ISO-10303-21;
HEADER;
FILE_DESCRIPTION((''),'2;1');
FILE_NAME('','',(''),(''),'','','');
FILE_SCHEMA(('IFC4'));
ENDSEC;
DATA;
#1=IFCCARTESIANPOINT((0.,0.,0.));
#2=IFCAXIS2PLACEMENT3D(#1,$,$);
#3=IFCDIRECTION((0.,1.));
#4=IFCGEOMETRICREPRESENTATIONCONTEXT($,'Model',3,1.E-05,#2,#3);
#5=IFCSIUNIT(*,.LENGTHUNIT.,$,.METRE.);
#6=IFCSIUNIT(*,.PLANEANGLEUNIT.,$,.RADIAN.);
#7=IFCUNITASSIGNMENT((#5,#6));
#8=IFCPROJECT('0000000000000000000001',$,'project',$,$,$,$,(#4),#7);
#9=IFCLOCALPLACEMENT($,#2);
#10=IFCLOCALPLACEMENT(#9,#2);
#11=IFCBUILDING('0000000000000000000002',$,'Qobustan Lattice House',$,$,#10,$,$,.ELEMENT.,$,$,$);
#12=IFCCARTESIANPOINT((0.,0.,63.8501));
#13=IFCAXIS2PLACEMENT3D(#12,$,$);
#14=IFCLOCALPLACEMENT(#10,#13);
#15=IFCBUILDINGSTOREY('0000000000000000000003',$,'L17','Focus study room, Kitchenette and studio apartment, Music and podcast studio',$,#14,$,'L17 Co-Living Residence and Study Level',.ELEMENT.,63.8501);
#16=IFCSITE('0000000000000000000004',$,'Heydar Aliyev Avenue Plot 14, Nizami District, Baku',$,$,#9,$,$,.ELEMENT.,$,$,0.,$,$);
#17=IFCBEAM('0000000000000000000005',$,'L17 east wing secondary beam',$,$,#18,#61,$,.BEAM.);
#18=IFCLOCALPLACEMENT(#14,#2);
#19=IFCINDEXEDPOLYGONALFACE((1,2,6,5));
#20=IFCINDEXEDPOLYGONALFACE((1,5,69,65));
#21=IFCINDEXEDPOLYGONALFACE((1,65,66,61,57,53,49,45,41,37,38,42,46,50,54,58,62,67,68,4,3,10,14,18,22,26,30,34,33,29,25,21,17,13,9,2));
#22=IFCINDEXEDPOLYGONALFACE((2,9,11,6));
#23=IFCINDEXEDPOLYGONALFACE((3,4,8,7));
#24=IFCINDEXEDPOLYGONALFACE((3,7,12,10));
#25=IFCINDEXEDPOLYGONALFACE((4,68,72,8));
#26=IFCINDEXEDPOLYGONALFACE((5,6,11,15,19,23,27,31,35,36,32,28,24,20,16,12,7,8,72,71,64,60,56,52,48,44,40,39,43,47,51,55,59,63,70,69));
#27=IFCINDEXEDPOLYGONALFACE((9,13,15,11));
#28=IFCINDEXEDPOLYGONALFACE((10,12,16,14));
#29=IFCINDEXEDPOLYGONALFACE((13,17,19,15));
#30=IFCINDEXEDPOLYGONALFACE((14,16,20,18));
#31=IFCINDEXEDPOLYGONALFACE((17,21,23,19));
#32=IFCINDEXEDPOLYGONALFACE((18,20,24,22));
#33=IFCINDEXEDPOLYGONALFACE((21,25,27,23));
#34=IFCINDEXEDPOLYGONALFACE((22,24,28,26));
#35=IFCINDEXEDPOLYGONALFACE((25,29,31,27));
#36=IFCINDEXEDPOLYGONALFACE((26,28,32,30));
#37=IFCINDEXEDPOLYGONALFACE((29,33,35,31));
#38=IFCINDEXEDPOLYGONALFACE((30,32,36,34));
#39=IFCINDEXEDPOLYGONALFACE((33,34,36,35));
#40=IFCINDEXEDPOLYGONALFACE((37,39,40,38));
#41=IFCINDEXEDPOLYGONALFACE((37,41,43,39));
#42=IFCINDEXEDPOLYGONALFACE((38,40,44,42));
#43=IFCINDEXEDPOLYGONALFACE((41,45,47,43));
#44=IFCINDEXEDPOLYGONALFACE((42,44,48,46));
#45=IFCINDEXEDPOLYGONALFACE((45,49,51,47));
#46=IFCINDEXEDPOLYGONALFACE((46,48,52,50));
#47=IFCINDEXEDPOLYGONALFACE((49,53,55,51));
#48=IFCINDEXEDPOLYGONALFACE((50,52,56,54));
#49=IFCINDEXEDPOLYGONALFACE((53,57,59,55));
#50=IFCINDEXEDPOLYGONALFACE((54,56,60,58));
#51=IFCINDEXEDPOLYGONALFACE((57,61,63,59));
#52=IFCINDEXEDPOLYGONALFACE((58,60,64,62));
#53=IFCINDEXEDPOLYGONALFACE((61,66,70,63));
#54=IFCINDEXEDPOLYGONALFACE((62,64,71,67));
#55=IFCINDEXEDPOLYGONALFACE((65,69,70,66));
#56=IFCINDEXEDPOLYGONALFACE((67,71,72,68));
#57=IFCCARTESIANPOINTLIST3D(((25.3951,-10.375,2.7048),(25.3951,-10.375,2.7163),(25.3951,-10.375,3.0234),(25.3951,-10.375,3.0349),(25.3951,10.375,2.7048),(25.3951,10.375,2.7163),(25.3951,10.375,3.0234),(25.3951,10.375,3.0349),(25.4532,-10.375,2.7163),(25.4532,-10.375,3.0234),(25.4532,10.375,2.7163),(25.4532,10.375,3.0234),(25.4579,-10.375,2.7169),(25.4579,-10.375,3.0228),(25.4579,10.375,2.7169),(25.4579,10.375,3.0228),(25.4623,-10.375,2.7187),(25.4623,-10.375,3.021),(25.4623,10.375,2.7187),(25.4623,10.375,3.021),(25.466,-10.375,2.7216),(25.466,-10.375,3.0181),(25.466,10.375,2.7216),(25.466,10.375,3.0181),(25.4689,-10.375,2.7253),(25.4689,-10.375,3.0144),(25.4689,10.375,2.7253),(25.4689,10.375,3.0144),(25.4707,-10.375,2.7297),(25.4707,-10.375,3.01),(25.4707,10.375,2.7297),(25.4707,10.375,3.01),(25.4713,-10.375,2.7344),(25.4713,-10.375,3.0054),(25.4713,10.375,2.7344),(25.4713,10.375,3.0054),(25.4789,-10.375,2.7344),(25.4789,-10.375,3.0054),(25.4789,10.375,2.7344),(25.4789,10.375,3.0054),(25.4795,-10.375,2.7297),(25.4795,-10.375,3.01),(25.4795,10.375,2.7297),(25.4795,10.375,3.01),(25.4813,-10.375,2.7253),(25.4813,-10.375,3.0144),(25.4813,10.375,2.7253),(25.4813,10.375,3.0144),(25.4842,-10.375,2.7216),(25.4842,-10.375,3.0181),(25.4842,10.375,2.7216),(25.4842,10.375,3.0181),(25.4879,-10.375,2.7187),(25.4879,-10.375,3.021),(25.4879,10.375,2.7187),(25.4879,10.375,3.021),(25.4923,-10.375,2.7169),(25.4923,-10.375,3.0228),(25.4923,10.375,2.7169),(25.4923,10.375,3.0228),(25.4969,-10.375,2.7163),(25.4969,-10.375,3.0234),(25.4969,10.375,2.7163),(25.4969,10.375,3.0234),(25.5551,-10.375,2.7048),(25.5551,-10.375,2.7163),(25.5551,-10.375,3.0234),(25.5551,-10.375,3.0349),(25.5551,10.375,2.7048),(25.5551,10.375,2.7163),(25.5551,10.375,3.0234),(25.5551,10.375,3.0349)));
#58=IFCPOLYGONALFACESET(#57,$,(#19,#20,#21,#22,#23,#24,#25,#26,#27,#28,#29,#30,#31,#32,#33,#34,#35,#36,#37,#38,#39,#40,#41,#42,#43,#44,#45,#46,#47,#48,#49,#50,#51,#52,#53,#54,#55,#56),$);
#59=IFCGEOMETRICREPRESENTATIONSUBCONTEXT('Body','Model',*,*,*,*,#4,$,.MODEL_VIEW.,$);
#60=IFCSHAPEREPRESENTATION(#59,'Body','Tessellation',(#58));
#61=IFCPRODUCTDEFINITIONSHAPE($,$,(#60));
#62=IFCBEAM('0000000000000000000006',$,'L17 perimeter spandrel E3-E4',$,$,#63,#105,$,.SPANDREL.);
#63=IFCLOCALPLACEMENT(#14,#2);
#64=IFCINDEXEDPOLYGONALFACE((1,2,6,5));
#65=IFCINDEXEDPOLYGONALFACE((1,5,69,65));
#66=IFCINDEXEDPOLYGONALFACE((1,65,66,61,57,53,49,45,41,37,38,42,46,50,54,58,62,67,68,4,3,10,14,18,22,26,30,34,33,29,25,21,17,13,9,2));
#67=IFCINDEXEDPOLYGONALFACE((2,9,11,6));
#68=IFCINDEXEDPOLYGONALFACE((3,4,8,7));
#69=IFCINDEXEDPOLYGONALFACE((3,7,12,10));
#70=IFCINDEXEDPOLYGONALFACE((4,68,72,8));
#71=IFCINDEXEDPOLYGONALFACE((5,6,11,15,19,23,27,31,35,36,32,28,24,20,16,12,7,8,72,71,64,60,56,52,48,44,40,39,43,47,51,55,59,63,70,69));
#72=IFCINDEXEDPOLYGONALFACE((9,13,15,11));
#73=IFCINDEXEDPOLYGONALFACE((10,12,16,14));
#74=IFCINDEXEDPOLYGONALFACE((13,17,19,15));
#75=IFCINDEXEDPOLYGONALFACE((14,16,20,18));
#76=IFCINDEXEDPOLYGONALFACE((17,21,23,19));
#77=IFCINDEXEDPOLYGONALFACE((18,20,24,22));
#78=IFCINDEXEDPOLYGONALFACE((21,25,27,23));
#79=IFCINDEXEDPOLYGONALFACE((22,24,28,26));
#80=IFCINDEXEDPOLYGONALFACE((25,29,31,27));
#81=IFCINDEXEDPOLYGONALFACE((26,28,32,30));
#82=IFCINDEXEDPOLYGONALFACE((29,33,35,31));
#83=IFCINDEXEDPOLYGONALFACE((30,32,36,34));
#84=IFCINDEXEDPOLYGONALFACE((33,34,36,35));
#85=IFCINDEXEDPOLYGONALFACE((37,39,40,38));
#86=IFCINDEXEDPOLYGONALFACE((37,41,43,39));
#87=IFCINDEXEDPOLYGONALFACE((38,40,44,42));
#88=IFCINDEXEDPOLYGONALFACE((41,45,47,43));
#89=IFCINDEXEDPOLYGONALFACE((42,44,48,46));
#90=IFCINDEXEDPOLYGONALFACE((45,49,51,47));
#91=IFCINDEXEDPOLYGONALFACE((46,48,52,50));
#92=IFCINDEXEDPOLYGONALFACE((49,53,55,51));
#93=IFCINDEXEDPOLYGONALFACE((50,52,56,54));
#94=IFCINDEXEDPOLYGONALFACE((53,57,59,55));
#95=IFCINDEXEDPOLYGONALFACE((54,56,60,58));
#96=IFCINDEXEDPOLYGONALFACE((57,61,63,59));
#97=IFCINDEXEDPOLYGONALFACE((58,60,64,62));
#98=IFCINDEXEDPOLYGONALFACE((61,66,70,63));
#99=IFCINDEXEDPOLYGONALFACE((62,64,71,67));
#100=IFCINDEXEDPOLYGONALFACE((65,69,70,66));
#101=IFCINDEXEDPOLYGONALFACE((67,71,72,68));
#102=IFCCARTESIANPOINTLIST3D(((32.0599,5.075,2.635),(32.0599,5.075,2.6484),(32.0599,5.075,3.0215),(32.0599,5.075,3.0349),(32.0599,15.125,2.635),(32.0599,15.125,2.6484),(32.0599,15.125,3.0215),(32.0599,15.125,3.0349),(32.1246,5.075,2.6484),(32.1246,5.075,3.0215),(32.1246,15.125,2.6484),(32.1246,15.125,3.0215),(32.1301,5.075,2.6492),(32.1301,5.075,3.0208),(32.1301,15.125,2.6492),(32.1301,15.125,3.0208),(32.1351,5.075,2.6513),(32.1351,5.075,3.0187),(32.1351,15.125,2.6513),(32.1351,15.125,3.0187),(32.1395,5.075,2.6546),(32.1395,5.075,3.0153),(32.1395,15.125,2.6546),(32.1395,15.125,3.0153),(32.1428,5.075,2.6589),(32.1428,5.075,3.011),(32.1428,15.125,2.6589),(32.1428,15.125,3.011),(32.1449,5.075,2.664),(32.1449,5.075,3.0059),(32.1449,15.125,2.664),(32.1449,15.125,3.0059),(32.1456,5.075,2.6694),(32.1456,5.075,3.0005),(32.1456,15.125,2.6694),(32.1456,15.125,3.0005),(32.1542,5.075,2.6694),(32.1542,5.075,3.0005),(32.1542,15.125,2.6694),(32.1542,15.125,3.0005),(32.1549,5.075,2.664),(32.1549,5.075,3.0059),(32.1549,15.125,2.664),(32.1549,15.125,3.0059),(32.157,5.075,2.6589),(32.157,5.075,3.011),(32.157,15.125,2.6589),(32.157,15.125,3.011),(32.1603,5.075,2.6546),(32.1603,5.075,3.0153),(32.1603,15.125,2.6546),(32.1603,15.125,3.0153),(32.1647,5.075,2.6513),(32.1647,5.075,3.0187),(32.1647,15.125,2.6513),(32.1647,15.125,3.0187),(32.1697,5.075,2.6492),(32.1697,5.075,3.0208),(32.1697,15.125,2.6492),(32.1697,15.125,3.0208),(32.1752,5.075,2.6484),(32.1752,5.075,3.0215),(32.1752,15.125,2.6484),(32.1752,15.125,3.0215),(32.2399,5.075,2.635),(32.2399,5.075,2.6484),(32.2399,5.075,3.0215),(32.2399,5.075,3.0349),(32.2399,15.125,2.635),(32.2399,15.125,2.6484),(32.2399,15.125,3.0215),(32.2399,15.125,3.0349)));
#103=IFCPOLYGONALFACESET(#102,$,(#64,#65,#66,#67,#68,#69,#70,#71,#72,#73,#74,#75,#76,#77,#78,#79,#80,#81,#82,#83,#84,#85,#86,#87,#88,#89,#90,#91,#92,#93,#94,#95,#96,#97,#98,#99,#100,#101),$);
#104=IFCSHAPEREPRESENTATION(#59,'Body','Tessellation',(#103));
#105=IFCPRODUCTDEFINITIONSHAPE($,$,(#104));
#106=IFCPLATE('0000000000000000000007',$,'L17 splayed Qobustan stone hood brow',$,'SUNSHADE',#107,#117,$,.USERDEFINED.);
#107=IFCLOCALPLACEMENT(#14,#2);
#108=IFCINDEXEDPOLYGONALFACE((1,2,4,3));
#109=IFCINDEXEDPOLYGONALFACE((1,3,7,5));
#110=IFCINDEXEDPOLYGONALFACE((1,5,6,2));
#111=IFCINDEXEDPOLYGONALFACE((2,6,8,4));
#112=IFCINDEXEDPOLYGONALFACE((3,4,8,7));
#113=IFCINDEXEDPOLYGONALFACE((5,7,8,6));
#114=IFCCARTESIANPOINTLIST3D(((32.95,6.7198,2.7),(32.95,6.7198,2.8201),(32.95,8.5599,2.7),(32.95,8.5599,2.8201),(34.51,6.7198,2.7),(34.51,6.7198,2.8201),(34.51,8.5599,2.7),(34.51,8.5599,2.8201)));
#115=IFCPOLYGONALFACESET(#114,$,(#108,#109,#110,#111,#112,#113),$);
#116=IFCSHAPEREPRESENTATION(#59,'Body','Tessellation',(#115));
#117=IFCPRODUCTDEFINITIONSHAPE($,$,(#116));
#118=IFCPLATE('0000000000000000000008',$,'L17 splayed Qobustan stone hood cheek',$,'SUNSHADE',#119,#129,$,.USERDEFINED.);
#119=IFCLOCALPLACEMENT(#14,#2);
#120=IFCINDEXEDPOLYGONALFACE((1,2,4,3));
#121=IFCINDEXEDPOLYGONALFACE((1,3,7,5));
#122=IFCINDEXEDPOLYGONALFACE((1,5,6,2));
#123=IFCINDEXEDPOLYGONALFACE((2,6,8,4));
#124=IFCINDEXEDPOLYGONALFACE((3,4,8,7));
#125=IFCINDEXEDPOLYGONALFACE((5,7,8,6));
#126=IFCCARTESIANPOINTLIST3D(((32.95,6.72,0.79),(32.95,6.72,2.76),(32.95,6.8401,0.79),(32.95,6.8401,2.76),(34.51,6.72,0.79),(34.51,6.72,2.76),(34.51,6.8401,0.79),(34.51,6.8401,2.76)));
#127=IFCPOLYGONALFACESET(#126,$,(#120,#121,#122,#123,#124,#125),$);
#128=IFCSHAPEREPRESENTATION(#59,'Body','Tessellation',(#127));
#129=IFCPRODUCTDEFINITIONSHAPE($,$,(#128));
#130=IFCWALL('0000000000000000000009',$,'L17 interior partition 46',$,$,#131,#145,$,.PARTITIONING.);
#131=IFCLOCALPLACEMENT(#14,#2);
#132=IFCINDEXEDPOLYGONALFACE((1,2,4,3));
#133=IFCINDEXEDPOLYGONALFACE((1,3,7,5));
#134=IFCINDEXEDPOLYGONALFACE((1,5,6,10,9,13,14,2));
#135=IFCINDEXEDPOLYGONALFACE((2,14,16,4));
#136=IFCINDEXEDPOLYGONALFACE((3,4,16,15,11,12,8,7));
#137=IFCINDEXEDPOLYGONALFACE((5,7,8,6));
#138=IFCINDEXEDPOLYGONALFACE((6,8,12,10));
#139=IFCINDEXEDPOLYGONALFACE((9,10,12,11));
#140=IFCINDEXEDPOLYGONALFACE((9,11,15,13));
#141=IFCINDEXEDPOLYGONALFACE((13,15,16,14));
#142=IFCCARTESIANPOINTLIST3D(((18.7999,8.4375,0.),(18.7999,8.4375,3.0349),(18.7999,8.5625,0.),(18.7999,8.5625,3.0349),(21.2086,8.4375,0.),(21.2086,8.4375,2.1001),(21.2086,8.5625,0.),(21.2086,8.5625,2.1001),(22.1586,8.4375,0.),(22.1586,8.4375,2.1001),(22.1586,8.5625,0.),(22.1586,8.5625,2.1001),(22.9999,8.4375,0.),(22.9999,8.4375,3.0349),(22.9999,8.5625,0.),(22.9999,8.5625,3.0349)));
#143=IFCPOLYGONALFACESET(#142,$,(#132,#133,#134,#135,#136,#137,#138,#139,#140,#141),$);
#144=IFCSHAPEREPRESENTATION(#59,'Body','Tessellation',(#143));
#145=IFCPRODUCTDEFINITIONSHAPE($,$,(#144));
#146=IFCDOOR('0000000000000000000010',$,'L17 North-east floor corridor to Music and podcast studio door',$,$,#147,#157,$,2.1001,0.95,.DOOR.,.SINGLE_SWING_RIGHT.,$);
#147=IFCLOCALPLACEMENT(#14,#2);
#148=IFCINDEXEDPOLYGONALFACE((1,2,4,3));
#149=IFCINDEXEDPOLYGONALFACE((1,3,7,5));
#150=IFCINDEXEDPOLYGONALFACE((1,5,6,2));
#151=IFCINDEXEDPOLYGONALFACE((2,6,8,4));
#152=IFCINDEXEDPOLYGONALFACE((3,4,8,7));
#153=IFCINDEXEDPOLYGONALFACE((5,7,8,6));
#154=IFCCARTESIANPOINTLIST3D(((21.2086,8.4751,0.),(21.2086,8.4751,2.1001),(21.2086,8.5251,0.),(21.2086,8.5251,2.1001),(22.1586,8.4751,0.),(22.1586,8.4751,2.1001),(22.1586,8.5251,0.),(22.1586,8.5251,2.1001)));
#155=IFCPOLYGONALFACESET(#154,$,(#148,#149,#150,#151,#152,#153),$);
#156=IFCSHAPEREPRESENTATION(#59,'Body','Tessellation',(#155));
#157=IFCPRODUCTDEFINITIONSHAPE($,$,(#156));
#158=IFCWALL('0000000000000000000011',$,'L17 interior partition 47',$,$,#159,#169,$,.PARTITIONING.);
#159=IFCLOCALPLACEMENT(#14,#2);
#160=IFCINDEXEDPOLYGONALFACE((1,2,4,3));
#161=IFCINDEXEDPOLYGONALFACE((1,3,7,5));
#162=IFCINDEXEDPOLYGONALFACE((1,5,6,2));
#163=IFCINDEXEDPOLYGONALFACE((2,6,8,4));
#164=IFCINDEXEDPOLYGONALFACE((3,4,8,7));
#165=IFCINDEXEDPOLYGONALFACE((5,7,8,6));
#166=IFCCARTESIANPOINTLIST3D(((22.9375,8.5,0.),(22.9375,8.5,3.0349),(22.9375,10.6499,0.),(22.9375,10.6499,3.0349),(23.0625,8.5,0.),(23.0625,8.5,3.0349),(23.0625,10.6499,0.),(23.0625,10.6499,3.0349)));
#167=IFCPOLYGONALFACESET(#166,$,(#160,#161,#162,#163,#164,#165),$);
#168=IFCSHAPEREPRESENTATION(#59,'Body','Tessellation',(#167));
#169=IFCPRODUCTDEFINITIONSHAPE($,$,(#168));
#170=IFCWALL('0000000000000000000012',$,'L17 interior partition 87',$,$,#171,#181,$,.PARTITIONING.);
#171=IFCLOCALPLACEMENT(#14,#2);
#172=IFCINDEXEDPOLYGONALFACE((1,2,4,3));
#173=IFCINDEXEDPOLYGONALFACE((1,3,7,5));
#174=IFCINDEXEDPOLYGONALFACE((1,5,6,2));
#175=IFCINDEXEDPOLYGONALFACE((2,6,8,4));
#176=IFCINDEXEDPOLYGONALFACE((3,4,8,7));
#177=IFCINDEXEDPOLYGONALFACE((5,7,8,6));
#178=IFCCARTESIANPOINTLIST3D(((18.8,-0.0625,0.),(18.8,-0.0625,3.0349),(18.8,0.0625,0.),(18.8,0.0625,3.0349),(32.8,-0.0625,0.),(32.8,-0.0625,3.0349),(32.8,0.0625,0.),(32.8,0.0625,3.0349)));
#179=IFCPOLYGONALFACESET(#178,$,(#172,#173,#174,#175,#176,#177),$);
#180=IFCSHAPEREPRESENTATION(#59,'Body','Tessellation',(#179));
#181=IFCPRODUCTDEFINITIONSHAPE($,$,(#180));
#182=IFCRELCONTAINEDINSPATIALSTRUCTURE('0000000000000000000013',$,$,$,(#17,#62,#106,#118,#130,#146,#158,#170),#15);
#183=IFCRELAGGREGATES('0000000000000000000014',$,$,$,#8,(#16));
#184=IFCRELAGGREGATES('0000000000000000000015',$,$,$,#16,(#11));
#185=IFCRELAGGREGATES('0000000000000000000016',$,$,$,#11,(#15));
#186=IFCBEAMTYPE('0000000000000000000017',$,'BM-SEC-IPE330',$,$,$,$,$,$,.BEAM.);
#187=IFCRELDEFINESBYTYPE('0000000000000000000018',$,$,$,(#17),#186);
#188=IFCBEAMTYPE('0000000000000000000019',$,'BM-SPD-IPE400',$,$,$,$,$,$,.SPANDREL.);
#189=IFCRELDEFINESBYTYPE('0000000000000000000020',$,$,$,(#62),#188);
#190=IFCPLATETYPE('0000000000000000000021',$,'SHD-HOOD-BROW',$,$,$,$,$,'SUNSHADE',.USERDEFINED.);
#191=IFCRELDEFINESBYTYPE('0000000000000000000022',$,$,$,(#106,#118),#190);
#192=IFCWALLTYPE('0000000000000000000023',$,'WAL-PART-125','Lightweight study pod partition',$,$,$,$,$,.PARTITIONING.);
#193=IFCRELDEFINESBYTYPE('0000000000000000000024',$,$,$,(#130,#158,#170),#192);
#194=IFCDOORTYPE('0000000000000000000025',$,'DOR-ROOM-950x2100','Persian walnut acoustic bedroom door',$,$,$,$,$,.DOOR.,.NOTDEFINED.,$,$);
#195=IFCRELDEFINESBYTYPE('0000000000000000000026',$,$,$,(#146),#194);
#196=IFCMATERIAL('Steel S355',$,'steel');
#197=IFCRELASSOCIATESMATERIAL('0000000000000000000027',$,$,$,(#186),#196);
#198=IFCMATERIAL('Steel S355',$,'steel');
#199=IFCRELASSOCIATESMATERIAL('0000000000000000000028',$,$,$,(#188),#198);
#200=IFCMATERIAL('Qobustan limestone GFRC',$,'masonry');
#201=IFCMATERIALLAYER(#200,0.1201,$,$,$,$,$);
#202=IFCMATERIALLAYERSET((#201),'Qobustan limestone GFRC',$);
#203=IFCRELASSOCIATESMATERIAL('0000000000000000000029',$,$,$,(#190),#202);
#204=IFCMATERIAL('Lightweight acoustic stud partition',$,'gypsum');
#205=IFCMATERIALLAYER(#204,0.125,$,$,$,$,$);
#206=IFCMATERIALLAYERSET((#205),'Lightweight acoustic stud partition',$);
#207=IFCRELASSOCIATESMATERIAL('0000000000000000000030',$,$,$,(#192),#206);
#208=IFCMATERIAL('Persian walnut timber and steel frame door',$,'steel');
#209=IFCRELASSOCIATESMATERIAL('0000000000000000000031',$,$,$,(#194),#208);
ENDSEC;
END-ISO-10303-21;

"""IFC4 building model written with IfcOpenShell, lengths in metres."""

from ifc_helpers import new_model, si_unit, direction, frame, frame_2d, origin, origin_2d, place, context, subcontext, project, spatial, rectangle, i_section, extrude, material, layer, layer_set, material_profile, profile_set, type_object, element, fill, save


model = new_model("IFC4")

# Units and contexts
model_context = context("Model", 3, precision=1e-05, world=origin(), true_north=direction((0.0, 1.0)))
body_context = subcontext(model_context, "Body", "Model", "MODEL_VIEW")
ifc_project = project(units=[si_unit("LENGTHUNIT", "METRE"), si_unit("PLANEANGLEUNIT", "RADIAN")], contexts=[model_context])

# Site, building, storey
site_placement = place(None, origin())
site = spatial("IfcSite", under=ifc_project, at=site_placement, Name="Heydar Aliyev Avenue Plot 14, Nizami District, Baku", CompositionType="ELEMENT", RefElevation=0.0)
building_placement = place(site_placement, origin())
building = spatial("IfcBuilding", under=site, at=building_placement, Name="Qobustan Lattice House", CompositionType="ELEMENT")
storey_placement = place(building_placement, frame((0.0, 0.0, 63.8501)))
storey = spatial("IfcBuildingStorey", under=building, at=storey_placement, Name="L17", Description="Focus study room, Kitchenette and studio apartment, Music and podcast studio", LongName="L17 Co-Living Residence and Study Level", CompositionType="ELEMENT", Elevation=63.8501)

# Beams
ifc_material_1 = material(Name="Steel S355", Category="steel")
ifc_material_profile_1 = material_profile(ifc_material_1, i_section(OverallWidth=0.1599, OverallDepth=0.3301, WebThickness=0.0076, FlangeThickness=0.0115, FilletRadius=0.0181, at=origin_2d()), Name="IPE330")
ifc_profile_set_1 = profile_set([ifc_material_profile_1], Name="Steel S355")
beam_type_1 = type_object("IfcBeamType", Name="BM-SEC-IPE330", PredefinedType="BEAM", material=ifc_profile_set_1)
beam_1_placement = place(storey_placement, frame((25.4751, 10.375, 2.8699), z_axis=(0.0, -1.0, 0.0), x_axis=(1.0, 0.0, 0.0)))
element("IfcBeam", 1, at=beam_1_placement, inside=storey, type_object=beam_type_1, Name="L17 east wing secondary beam", PredefinedType="BEAM", context=body_context, shape_type="SweptSolid", body=[
    extrude(i_section(OverallWidth=0.1599, OverallDepth=0.3301, WebThickness=0.0076, FlangeThickness=0.0115, FilletRadius=0.0181, at=origin_2d()), origin(), (0.0, 0.0, 1.0), 20.75),
])
ifc_material_2 = material(Name="Steel S355", Category="steel")
ifc_material_profile_2 = material_profile(ifc_material_2, i_section(OverallWidth=0.1799, OverallDepth=0.3999, WebThickness=0.0085, FlangeThickness=0.0134, FilletRadius=0.021, at=origin_2d()), Name="IPE400")
ifc_profile_set_2 = profile_set([ifc_material_profile_2], Name="Steel S355")
beam_type_2 = type_object("IfcBeamType", Name="BM-SPD-IPE400", PredefinedType="SPANDREL", material=ifc_profile_set_2)
beam_2_placement = place(storey_placement, frame((32.1499, 5.075, 2.835), z_axis=(0.0, 1.0, 0.0), x_axis=(-1.0, 0.0, 0.0)))
element("IfcBeam", 2, at=beam_2_placement, inside=storey, type_object=beam_type_2, Name="L17 perimeter spandrel E3-E4", PredefinedType="SPANDREL", context=body_context, shape_type="SweptSolid", body=[
    extrude(i_section(OverallWidth=0.1799, OverallDepth=0.3999, WebThickness=0.0085, FlangeThickness=0.0134, FilletRadius=0.021, at=origin_2d()), origin(), (0.0, 0.0, 1.0), 10.05),
])

# Plates
ifc_material_3 = material(Name="Qobustan limestone GFRC", Category="masonry")
ifc_layer_1 = layer(ifc_material_3, 0.1201)
ifc_layer_set_1 = layer_set([ifc_layer_1], Name="Qobustan limestone GFRC")
plate_type = type_object("IfcPlateType", Name="SHD-HOOD-BROW", ElementType="SUNSHADE", PredefinedType="USERDEFINED", material=ifc_layer_set_1)
plate_1_placement = place(storey_placement, frame((33.73, 7.6399, 2.7), z_axis=(0.0, 0.0, 1.0), x_axis=(0.0, -1.0, 0.0)))
element("IfcPlate", 3, at=plate_1_placement, inside=storey, type_object=plate_type, Name="L17 splayed Qobustan stone hood brow", ObjectType="SUNSHADE", PredefinedType="USERDEFINED", context=body_context, shape_type="SweptSolid", body=[
    extrude(rectangle(XDim=1.8401, YDim=1.5601, at=origin_2d()), origin(), (0.0, 0.0, 1.0), 0.1201),
])
plate_2_placement = place(storey_placement, frame((33.73, 6.78, 0.79), z_axis=(0.0, 0.0, 1.0), x_axis=(0.0, -1.0, 0.0)))
element("IfcPlate", 4, at=plate_2_placement, inside=storey, type_object=plate_type, Name="L17 splayed Qobustan stone hood cheek", ObjectType="SUNSHADE", PredefinedType="USERDEFINED", context=body_context, shape_type="SweptSolid", body=[
    extrude(rectangle(XDim=0.1201, YDim=1.5601, at=origin_2d()), origin(), (0.0, 0.0, 1.0), 1.97),
])

# Wall, opening, door
ifc_material_4 = material(Name="Lightweight acoustic stud partition", Category="gypsum")
ifc_layer_2 = layer(ifc_material_4, 0.125)
ifc_layer_set_2 = layer_set([ifc_layer_2], Name="Lightweight acoustic stud partition")
wall_type_1 = type_object("IfcWallType", Name="WAL-PART-125", Description="Lightweight study pod partition", PredefinedType="PARTITIONING", material=ifc_layer_set_2)
wall_1_placement = place(storey_placement, frame((23.0, 8.5, 0.0), z_axis=(0.0, 0.0, 1.0), x_axis=(-1.0, 0.0, 0.0)))
wall_1 = element("IfcWall", 5, at=wall_1_placement, inside=storey, type_object=wall_type_1, Name="L17 interior partition 46", PredefinedType="PARTITIONING", context=body_context, shape_type="SweptSolid", body=[
    extrude(rectangle(XDim=4.2, YDim=0.125, at=frame_2d((2.1001, 0.0))), origin(), (0.0, 0.0, 1.0), 3.0349),
])
opening_1_placement = place(wall_1_placement, frame((0.8413, 0.0, 0.0)))
opening_1 = element("IfcOpeningElement", 6, at=opening_1_placement, cuts=wall_1, PredefinedType="OPENING", context=body_context, shape_type="SweptSolid", body=[
    extrude(rectangle(XDim=0.95, YDim=2.1001, at=frame_2d((0.4751, 1.05))), frame((0.0, 0.0725, 0.0), z_axis=(0.0, -1.0, 0.0), x_axis=(1.0, 0.0, 0.0)), (0.0, 0.0, 1.0), 0.145),
])
ifc_material_5 = material(Name="Persian walnut timber and steel frame door", Category="steel")
door_type_1 = type_object("IfcDoorType", Name="DOR-ROOM-950x2100", Description="Persian walnut acoustic bedroom door", OperationType="NOTDEFINED", PredefinedType="DOOR", material=ifc_material_5)
door_1_placement = place(opening_1_placement, origin())
door_1 = element("IfcDoor", 7, at=door_1_placement, inside=storey, type_object=door_type_1, Name="L17 North-east floor corridor to Music and podcast studio door", OperationType="SINGLE_SWING_RIGHT", OverallHeight=2.1001, OverallWidth=0.95, PredefinedType="DOOR", context=body_context, shape_type="SweptSolid", body=[
    extrude(rectangle(XDim=0.95, YDim=2.1001, at=frame_2d((0.4751, 1.05))), frame((0.0, 0.0249, 0.0), z_axis=(0.0, -1.0, 0.0), x_axis=(1.0, 0.0, 0.0)), (0.0, 0.0, 1.0), 0.05),
])
fill(opening_1, door_1)

# Walls
wall_2_placement = place(storey_placement, frame((23.0, 10.6499, 0.0), z_axis=(0.0, 0.0, 1.0), x_axis=(0.0, -1.0, 0.0)))
element("IfcWall", 8, at=wall_2_placement, inside=storey, type_object=wall_type_1, Name="L17 interior partition 47", PredefinedType="PARTITIONING", context=body_context, shape_type="SweptSolid", body=[
    extrude(rectangle(XDim=2.1499, YDim=0.125, at=frame_2d((1.075, 0.0))), origin(), (0.0, 0.0, 1.0), 3.0349),
])
wall_3_placement = place(storey_placement, frame((18.8, 0.0, 0.0), z_axis=(0.0, 0.0, 1.0), x_axis=(1.0, 0.0, 0.0)))
element("IfcWall", 9, at=wall_3_placement, inside=storey, type_object=wall_type_1, Name="L17 interior partition 87", PredefinedType="PARTITIONING", context=body_context, shape_type="SweptSolid", body=[
    extrude(rectangle(XDim=14.0, YDim=0.125, at=frame_2d((7.0, 0.0))), origin(), (0.0, 0.0, 1.0), 3.0349),
])

save(model, "model.ifc")
